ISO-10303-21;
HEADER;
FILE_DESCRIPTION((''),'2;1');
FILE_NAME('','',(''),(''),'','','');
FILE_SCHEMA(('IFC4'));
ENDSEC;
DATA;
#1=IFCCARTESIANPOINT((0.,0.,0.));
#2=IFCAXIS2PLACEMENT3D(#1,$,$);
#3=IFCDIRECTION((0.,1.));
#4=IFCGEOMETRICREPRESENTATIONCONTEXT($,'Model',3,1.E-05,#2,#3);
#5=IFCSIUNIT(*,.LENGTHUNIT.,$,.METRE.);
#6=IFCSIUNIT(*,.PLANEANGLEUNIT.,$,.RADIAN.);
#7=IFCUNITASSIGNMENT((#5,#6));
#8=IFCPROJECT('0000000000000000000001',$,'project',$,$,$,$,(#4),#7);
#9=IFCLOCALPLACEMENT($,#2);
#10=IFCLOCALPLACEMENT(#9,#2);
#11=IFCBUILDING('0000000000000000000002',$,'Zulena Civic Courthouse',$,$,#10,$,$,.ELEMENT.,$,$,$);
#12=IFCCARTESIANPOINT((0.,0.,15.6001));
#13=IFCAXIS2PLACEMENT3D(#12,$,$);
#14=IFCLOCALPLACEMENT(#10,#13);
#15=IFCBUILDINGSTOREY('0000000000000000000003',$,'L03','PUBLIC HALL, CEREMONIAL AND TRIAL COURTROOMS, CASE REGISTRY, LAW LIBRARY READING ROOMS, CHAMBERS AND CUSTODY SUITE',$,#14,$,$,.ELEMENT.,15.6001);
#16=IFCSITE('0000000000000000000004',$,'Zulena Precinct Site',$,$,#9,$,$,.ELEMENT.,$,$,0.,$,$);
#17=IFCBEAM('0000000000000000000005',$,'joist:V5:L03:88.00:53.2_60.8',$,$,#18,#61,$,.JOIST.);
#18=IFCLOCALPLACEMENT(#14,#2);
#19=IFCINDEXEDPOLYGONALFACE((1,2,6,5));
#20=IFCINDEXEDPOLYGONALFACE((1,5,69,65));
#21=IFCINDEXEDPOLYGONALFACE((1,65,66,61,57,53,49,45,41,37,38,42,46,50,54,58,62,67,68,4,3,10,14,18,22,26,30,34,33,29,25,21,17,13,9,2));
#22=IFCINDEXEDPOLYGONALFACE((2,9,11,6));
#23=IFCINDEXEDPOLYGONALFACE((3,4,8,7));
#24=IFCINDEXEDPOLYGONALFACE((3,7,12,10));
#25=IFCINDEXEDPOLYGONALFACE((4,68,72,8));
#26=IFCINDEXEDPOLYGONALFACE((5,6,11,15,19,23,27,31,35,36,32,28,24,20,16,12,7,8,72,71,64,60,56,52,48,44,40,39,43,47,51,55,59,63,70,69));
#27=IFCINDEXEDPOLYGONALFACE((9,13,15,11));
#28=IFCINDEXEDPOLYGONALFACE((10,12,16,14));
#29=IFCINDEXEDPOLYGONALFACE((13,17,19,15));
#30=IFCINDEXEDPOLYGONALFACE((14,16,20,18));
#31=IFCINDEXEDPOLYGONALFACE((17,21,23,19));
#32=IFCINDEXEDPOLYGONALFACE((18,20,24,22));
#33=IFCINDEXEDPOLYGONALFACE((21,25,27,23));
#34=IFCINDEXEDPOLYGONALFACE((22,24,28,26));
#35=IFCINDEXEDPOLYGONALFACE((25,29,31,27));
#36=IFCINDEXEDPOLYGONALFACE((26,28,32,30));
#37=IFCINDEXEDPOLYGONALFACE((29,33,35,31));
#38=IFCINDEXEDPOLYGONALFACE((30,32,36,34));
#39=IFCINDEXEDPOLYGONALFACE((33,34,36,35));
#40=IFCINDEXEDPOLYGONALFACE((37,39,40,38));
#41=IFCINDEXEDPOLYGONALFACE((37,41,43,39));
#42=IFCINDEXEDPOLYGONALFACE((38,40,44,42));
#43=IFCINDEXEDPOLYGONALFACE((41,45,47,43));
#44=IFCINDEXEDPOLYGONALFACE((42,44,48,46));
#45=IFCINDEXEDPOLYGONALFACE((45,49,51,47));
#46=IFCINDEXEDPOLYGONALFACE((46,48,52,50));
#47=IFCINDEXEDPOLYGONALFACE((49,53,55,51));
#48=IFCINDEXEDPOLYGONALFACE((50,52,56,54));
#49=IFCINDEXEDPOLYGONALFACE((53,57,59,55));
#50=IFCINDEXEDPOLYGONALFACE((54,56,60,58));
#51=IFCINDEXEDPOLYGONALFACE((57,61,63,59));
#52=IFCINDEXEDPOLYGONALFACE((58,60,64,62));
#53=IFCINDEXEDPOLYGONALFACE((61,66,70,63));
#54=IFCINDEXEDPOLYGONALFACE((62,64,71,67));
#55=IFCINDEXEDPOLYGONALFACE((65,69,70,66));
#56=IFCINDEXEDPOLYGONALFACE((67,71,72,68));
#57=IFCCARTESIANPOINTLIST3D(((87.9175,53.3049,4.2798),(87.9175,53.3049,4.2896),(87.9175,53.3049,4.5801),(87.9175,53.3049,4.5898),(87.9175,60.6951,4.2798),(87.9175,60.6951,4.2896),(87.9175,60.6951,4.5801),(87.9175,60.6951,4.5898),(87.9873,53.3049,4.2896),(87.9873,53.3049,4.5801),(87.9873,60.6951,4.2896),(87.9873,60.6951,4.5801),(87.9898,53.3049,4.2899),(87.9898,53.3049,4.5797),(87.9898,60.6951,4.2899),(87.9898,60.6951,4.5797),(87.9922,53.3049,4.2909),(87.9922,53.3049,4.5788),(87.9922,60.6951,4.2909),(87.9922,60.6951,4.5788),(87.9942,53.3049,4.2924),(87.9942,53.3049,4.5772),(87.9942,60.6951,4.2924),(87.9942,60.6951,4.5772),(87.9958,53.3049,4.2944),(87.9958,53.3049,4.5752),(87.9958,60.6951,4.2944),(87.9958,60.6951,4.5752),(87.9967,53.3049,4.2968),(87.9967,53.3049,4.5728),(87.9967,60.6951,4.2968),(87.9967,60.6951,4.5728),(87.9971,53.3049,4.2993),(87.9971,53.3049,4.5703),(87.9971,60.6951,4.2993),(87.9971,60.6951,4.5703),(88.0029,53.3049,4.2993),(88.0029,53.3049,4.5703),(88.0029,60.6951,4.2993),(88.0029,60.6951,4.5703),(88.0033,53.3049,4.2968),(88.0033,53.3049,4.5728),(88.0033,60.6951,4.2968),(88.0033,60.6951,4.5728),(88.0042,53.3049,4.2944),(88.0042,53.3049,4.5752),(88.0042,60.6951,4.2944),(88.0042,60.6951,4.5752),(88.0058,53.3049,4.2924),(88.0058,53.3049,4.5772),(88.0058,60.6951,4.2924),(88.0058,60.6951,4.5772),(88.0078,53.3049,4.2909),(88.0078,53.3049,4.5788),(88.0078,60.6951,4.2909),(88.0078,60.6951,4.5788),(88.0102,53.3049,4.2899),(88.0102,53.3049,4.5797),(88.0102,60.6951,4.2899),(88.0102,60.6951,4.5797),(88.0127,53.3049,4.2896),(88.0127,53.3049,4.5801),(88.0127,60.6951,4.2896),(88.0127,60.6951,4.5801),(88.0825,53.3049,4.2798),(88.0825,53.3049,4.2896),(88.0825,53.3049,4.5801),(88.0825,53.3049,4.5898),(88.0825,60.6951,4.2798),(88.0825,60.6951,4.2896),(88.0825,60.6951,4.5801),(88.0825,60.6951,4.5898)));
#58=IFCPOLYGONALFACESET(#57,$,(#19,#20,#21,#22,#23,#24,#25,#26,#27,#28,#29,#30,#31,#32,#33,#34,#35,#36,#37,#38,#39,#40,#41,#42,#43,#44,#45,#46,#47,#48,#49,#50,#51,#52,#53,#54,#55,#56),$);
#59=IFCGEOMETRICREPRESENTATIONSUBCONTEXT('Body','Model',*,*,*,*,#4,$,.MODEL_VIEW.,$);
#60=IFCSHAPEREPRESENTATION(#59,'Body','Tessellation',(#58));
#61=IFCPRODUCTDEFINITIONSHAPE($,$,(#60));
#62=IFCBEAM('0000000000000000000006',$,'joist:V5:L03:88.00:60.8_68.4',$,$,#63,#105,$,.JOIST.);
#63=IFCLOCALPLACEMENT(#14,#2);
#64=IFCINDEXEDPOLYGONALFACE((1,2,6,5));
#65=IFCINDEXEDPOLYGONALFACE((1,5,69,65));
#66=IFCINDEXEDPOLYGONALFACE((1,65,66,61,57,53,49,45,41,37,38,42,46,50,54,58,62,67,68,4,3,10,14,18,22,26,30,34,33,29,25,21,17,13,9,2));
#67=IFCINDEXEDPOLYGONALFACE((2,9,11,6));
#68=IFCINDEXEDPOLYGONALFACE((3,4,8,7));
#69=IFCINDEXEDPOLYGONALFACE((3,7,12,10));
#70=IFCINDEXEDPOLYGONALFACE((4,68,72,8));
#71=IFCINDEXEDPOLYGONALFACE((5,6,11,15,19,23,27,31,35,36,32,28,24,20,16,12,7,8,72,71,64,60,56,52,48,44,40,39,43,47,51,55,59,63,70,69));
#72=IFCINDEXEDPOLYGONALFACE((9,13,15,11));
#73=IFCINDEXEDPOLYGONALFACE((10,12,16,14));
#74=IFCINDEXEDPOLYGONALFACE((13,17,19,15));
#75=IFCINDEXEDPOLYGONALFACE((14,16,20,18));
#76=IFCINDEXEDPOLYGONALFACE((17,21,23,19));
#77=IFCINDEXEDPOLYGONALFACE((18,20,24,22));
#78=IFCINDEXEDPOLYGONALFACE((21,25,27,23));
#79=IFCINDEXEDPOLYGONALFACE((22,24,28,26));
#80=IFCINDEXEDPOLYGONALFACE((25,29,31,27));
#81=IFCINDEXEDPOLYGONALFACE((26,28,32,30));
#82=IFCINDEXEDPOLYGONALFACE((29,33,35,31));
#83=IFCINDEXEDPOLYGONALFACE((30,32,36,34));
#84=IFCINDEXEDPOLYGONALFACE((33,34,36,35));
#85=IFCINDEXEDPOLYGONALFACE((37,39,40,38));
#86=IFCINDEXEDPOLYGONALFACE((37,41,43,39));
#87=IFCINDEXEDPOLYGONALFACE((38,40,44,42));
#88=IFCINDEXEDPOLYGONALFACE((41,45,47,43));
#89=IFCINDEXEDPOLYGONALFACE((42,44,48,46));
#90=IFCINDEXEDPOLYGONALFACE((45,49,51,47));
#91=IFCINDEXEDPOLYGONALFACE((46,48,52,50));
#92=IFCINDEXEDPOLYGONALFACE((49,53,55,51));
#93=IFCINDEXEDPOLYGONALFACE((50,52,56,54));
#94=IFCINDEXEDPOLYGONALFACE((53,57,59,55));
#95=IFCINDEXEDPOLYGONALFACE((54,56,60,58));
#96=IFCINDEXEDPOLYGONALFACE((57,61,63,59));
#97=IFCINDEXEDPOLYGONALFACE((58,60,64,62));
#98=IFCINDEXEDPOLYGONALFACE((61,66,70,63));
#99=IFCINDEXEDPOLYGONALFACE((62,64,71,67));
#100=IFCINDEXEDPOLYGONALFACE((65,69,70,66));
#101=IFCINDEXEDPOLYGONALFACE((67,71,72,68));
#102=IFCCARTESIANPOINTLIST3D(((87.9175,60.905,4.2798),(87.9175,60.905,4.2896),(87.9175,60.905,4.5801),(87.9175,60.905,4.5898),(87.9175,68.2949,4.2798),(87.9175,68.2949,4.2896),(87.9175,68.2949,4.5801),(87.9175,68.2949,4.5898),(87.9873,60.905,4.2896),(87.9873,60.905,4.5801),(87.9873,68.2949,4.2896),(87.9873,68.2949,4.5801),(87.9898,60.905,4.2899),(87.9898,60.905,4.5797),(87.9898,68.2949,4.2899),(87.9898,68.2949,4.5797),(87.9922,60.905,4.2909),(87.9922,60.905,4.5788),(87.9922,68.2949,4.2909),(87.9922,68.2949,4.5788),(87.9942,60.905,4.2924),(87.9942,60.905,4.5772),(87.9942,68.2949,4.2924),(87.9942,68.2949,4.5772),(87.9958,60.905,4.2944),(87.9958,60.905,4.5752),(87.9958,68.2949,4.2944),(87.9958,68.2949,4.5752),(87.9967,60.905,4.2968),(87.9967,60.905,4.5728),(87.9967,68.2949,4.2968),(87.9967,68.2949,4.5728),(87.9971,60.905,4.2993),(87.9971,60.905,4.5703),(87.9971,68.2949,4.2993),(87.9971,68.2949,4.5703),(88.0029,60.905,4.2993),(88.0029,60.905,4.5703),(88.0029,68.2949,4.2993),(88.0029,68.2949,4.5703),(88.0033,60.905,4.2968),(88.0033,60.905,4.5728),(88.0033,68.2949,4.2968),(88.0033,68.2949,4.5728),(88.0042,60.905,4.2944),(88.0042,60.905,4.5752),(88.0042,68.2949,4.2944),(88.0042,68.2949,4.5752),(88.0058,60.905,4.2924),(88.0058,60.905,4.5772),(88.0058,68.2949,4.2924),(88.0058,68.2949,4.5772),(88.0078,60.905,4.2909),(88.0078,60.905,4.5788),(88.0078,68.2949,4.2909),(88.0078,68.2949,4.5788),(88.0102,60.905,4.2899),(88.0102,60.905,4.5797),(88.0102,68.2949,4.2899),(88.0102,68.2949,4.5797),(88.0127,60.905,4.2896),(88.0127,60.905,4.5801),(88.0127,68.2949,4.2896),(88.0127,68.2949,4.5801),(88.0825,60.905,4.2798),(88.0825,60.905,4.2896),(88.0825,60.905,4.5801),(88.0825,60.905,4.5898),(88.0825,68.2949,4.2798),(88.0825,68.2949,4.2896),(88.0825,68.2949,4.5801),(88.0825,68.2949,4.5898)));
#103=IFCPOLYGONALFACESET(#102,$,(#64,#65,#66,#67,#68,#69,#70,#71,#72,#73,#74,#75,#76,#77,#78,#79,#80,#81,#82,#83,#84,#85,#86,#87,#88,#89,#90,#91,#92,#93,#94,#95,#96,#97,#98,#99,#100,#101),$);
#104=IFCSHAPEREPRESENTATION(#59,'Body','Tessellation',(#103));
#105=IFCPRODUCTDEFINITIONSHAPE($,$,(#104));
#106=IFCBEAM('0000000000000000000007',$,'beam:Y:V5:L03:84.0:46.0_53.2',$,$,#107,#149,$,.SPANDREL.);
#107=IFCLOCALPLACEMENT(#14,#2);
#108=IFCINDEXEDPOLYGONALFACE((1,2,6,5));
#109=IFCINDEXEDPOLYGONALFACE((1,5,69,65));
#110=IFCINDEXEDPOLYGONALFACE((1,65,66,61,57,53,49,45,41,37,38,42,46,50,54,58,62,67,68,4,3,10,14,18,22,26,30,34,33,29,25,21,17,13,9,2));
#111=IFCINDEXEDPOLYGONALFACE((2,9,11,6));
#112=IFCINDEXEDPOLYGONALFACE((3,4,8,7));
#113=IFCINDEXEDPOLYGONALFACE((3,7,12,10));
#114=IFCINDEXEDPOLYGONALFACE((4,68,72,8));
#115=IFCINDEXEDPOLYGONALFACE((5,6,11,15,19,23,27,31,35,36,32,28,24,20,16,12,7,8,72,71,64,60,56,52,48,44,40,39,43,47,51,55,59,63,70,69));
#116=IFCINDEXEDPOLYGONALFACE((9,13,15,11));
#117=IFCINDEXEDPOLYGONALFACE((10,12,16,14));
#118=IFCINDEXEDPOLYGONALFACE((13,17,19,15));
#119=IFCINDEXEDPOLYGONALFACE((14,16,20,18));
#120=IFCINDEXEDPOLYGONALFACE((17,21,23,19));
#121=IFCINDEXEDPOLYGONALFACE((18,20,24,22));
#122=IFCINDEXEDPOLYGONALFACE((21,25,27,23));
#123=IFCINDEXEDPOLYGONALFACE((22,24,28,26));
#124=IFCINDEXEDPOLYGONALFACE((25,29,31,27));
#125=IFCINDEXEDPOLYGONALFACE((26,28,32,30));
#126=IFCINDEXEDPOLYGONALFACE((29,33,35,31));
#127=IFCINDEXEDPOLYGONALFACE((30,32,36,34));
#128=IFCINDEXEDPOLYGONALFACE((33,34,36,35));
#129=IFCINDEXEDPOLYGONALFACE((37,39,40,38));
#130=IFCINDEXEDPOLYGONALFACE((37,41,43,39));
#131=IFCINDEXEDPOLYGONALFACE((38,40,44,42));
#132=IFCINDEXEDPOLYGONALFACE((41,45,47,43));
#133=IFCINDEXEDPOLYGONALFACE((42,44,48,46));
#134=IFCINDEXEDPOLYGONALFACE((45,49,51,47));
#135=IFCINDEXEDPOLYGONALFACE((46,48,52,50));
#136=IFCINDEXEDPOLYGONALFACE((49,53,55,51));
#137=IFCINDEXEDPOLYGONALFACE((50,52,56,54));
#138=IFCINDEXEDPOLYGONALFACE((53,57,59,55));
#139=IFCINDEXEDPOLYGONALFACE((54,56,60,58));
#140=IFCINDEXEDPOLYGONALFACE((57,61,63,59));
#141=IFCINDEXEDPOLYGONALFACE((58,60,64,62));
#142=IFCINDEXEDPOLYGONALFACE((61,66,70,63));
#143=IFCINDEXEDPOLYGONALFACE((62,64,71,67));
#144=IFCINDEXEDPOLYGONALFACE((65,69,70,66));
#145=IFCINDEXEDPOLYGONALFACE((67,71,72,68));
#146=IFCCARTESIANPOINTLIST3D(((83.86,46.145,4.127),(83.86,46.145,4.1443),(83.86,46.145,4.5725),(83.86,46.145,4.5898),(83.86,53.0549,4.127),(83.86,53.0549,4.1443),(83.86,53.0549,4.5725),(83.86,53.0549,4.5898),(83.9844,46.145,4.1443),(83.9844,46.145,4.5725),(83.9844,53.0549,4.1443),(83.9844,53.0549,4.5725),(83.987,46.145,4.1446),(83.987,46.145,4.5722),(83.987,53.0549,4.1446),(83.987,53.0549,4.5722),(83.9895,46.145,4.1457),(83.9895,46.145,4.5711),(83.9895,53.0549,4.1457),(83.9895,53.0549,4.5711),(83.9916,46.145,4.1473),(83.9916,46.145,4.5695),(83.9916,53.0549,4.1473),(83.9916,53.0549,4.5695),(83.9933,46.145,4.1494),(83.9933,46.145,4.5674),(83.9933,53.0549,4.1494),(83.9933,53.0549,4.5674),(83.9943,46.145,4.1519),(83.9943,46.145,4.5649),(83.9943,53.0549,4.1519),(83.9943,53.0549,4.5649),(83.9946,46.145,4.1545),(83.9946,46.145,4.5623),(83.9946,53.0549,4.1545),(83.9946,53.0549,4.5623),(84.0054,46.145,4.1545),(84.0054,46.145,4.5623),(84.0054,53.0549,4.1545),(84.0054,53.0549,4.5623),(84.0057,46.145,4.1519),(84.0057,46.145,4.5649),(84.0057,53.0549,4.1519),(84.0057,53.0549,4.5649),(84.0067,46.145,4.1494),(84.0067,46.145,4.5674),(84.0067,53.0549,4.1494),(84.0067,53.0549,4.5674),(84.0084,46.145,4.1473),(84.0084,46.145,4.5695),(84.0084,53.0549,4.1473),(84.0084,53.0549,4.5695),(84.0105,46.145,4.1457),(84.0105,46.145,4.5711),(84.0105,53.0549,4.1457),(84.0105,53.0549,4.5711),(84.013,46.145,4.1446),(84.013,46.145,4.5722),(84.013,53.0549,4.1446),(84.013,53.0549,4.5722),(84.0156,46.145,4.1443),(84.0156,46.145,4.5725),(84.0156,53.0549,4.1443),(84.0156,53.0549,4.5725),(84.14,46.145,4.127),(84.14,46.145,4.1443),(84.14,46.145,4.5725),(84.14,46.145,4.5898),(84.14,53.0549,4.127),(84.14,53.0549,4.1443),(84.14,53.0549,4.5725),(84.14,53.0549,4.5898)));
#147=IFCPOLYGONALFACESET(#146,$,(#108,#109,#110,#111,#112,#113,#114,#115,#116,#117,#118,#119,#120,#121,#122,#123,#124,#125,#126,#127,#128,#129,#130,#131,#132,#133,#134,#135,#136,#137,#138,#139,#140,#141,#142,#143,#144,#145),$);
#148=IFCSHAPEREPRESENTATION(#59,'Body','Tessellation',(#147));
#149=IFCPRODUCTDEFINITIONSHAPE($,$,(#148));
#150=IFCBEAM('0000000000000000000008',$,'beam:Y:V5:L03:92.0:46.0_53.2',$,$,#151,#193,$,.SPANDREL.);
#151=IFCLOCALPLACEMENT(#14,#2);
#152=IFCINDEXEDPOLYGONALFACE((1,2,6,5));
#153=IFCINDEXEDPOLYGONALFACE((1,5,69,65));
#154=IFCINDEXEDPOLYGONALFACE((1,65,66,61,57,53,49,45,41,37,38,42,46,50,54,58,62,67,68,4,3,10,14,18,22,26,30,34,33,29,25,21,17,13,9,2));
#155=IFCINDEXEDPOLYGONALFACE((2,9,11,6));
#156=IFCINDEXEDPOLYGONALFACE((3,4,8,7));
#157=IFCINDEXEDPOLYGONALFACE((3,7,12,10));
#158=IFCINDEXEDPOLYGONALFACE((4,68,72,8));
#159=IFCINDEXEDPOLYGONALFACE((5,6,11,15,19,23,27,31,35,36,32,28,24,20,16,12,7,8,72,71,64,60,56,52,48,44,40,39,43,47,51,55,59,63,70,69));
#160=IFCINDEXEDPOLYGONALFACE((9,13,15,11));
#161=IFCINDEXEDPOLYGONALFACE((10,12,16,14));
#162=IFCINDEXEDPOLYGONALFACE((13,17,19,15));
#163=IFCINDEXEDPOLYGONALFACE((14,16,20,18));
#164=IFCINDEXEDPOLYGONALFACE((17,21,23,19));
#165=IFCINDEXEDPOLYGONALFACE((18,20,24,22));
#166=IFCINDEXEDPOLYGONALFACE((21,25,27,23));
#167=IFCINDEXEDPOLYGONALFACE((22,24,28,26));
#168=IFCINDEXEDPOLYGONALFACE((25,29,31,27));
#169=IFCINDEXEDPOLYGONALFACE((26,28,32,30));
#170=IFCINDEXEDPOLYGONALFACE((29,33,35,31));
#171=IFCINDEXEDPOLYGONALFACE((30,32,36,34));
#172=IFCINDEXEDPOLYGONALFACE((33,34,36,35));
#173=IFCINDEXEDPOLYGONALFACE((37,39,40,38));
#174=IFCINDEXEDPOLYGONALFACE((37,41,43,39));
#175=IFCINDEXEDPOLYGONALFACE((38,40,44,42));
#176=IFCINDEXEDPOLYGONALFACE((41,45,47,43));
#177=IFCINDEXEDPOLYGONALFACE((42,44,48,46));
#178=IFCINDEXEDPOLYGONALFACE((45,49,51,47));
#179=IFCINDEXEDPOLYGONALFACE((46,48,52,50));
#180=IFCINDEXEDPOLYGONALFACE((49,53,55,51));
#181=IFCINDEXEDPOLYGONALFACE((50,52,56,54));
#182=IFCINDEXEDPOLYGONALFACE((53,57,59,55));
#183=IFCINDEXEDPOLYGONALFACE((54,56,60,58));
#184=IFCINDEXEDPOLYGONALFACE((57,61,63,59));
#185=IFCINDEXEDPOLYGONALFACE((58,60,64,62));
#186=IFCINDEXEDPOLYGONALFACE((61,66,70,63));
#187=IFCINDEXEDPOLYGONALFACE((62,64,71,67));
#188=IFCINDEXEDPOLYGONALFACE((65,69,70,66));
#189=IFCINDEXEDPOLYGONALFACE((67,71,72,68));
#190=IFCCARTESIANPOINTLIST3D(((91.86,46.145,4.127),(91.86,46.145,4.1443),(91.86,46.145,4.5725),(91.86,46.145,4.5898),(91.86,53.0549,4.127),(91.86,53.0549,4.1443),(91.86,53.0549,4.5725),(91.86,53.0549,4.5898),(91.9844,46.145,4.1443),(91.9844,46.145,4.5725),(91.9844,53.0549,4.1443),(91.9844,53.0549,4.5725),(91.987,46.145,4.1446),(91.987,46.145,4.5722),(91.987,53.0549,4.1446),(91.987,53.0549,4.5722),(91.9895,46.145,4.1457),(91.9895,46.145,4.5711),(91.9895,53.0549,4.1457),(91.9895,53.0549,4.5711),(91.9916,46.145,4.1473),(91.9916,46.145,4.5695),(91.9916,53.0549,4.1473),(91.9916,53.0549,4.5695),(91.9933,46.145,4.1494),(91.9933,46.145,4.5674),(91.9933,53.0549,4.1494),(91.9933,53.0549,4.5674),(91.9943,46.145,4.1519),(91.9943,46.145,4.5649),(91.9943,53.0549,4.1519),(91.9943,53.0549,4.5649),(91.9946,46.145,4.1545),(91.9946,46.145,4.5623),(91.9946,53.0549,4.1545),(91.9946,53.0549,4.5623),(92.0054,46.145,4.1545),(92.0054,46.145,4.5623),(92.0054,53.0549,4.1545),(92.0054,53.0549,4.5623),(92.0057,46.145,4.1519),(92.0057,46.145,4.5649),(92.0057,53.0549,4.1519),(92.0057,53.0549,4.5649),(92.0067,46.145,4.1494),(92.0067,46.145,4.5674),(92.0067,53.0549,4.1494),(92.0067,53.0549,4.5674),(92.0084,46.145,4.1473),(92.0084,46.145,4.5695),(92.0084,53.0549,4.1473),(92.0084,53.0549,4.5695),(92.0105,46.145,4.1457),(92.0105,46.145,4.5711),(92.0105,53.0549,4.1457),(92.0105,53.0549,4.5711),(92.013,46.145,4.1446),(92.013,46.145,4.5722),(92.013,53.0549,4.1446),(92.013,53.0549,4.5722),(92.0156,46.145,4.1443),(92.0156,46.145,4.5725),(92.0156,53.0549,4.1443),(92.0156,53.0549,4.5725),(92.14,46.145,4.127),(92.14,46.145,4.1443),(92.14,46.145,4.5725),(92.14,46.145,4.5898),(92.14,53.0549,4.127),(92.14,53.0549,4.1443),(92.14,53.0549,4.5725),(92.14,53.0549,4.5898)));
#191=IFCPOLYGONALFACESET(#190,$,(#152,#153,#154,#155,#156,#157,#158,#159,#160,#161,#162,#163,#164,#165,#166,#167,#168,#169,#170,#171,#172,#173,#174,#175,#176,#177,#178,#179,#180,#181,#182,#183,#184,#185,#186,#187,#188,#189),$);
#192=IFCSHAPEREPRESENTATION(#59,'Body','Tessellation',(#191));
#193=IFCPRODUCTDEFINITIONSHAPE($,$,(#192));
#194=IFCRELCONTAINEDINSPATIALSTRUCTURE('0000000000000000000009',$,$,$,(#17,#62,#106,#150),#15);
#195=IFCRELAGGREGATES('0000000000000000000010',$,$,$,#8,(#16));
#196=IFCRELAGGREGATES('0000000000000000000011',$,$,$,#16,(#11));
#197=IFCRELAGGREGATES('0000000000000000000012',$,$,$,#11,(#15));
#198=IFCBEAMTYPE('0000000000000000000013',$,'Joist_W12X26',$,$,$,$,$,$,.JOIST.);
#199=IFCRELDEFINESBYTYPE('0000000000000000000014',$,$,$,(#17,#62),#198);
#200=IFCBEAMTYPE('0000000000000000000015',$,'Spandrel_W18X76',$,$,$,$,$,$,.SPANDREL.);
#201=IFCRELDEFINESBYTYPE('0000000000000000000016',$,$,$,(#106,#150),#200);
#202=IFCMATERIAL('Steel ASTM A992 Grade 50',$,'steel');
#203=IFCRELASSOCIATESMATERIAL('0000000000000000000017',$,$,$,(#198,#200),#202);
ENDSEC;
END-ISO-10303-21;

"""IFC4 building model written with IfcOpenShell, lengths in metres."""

from ifc_helpers import new_model, si_unit, direction, frame, origin, origin_2d, place, context, subcontext, project, spatial, i_section, extrude, material, material_profile, profile_set, type_object, element, save


model = new_model("IFC4")

# Units and contexts
model_context = context("Model", 3, precision=1e-05, world=origin(), true_north=direction((0.0, 1.0)))
body_context = subcontext(model_context, "Body", "Model", "MODEL_VIEW")
ifc_project = project(units=[si_unit("LENGTHUNIT", "METRE"), si_unit("PLANEANGLEUNIT", "RADIAN")], contexts=[model_context])

# Site, building, storey
site_placement = place(None, origin())
site = spatial("IfcSite", under=ifc_project, at=site_placement, Name="Zulena Precinct Site", CompositionType="ELEMENT", RefElevation=0.0)
building_placement = place(site_placement, origin())
building = spatial("IfcBuilding", under=site, at=building_placement, Name="Zulena Civic Courthouse", CompositionType="ELEMENT")
storey_placement = place(building_placement, frame((0.0, 0.0, 15.6001)))
storey = spatial("IfcBuildingStorey", under=building, at=storey_placement, Name="L03", Description="PUBLIC HALL, CEREMONIAL AND TRIAL COURTROOMS, CASE REGISTRY, LAW LIBRARY READING ROOMS, CHAMBERS AND CUSTODY SUITE", CompositionType="ELEMENT", Elevation=15.6001)

# Shared definitions
ifc_material_1 = material(Name="Steel ASTM A992 Grade 50", Category="steel")

# Beams
ifc_material_profile_1 = material_profile(ifc_material_1, i_section(OverallWidth=0.165, OverallDepth=0.3101, WebThickness=0.0059, FlangeThickness=0.0098, FilletRadius=0.0098, at=origin_2d()), Name="W12X26")
ifc_profile_set_1 = profile_set([ifc_material_profile_1], Name="Steel ASTM A992 Grade 50")
beam_type_1 = type_object("IfcBeamType", Name="Joist_W12X26", PredefinedType="JOIST", material=ifc_profile_set_1)
beam_1_placement = place(storey_placement, frame((88.0, 53.3049, 4.4348), z_axis=(0.0, 1.0, 0.0), x_axis=(-1.0, 0.0, 0.0)))
element("IfcBeam", 1, at=beam_1_placement, inside=storey, type_object=beam_type_1, Name="joist:V5:L03:88.00:53.2_60.8", PredefinedType="JOIST", context=body_context, shape_type="SweptSolid", body=[
    extrude(i_section(OverallWidth=0.165, OverallDepth=0.3101, WebThickness=0.0059, FlangeThickness=0.0098, FilletRadius=0.0098, at=origin_2d()), origin(), (0.0, 0.0, 1.0), 7.3901),
])
beam_2_placement = place(storey_placement, frame((88.0, 60.905, 4.4348), z_axis=(0.0, 1.0, 0.0), x_axis=(-1.0, 0.0, 0.0)))
element("IfcBeam", 2, at=beam_2_placement, inside=storey, type_object=beam_type_1, Name="joist:V5:L03:88.00:60.8_68.4", PredefinedType="JOIST", context=body_context, shape_type="SweptSolid", body=[
    extrude(i_section(OverallWidth=0.165, OverallDepth=0.3101, WebThickness=0.0059, FlangeThickness=0.0098, FilletRadius=0.0098, at=origin_2d()), origin(), (0.0, 0.0, 1.0), 7.3899),
])
ifc_material_profile_2 = material_profile(ifc_material_1, i_section(OverallWidth=0.28, OverallDepth=0.4629, WebThickness=0.0107, FlangeThickness=0.0173, FilletRadius=0.0103, at=origin_2d()), Name="W18X76")
ifc_profile_set_2 = profile_set([ifc_material_profile_2], Name="Steel ASTM A992 Grade 50")
beam_type_2 = type_object("IfcBeamType", Name="Spandrel_W18X76", PredefinedType="SPANDREL", material=ifc_profile_set_2)
for number, where, z_axis, x_axis, name in (
    (3, (84.0, 46.145, 4.3584), (0.0, 1.0, 0.0), (-1.0, 0.0, 0.0), "beam:Y:V5:L03:84.0:46.0_53.2"),
    (4, (92.0, 46.145, 4.3584), (0.0, 1.0, 0.0), (-1.0, 0.0, 0.0), "beam:Y:V5:L03:92.0:46.0_53.2"),
):
    element("IfcBeam", number, at=place(storey_placement, frame(where, z_axis=z_axis, x_axis=x_axis)), inside=storey, type_object=beam_type_2, Name=name, PredefinedType="SPANDREL", context=body_context, shape_type="SweptSolid", body=[
        extrude(i_section(OverallWidth=0.28, OverallDepth=0.4629, WebThickness=0.0107, FlangeThickness=0.0173, FilletRadius=0.0103, at=origin_2d()), origin(), (0.0, 0.0, 1.0), 6.9099),
    ])

save(model, "model.ifc")
